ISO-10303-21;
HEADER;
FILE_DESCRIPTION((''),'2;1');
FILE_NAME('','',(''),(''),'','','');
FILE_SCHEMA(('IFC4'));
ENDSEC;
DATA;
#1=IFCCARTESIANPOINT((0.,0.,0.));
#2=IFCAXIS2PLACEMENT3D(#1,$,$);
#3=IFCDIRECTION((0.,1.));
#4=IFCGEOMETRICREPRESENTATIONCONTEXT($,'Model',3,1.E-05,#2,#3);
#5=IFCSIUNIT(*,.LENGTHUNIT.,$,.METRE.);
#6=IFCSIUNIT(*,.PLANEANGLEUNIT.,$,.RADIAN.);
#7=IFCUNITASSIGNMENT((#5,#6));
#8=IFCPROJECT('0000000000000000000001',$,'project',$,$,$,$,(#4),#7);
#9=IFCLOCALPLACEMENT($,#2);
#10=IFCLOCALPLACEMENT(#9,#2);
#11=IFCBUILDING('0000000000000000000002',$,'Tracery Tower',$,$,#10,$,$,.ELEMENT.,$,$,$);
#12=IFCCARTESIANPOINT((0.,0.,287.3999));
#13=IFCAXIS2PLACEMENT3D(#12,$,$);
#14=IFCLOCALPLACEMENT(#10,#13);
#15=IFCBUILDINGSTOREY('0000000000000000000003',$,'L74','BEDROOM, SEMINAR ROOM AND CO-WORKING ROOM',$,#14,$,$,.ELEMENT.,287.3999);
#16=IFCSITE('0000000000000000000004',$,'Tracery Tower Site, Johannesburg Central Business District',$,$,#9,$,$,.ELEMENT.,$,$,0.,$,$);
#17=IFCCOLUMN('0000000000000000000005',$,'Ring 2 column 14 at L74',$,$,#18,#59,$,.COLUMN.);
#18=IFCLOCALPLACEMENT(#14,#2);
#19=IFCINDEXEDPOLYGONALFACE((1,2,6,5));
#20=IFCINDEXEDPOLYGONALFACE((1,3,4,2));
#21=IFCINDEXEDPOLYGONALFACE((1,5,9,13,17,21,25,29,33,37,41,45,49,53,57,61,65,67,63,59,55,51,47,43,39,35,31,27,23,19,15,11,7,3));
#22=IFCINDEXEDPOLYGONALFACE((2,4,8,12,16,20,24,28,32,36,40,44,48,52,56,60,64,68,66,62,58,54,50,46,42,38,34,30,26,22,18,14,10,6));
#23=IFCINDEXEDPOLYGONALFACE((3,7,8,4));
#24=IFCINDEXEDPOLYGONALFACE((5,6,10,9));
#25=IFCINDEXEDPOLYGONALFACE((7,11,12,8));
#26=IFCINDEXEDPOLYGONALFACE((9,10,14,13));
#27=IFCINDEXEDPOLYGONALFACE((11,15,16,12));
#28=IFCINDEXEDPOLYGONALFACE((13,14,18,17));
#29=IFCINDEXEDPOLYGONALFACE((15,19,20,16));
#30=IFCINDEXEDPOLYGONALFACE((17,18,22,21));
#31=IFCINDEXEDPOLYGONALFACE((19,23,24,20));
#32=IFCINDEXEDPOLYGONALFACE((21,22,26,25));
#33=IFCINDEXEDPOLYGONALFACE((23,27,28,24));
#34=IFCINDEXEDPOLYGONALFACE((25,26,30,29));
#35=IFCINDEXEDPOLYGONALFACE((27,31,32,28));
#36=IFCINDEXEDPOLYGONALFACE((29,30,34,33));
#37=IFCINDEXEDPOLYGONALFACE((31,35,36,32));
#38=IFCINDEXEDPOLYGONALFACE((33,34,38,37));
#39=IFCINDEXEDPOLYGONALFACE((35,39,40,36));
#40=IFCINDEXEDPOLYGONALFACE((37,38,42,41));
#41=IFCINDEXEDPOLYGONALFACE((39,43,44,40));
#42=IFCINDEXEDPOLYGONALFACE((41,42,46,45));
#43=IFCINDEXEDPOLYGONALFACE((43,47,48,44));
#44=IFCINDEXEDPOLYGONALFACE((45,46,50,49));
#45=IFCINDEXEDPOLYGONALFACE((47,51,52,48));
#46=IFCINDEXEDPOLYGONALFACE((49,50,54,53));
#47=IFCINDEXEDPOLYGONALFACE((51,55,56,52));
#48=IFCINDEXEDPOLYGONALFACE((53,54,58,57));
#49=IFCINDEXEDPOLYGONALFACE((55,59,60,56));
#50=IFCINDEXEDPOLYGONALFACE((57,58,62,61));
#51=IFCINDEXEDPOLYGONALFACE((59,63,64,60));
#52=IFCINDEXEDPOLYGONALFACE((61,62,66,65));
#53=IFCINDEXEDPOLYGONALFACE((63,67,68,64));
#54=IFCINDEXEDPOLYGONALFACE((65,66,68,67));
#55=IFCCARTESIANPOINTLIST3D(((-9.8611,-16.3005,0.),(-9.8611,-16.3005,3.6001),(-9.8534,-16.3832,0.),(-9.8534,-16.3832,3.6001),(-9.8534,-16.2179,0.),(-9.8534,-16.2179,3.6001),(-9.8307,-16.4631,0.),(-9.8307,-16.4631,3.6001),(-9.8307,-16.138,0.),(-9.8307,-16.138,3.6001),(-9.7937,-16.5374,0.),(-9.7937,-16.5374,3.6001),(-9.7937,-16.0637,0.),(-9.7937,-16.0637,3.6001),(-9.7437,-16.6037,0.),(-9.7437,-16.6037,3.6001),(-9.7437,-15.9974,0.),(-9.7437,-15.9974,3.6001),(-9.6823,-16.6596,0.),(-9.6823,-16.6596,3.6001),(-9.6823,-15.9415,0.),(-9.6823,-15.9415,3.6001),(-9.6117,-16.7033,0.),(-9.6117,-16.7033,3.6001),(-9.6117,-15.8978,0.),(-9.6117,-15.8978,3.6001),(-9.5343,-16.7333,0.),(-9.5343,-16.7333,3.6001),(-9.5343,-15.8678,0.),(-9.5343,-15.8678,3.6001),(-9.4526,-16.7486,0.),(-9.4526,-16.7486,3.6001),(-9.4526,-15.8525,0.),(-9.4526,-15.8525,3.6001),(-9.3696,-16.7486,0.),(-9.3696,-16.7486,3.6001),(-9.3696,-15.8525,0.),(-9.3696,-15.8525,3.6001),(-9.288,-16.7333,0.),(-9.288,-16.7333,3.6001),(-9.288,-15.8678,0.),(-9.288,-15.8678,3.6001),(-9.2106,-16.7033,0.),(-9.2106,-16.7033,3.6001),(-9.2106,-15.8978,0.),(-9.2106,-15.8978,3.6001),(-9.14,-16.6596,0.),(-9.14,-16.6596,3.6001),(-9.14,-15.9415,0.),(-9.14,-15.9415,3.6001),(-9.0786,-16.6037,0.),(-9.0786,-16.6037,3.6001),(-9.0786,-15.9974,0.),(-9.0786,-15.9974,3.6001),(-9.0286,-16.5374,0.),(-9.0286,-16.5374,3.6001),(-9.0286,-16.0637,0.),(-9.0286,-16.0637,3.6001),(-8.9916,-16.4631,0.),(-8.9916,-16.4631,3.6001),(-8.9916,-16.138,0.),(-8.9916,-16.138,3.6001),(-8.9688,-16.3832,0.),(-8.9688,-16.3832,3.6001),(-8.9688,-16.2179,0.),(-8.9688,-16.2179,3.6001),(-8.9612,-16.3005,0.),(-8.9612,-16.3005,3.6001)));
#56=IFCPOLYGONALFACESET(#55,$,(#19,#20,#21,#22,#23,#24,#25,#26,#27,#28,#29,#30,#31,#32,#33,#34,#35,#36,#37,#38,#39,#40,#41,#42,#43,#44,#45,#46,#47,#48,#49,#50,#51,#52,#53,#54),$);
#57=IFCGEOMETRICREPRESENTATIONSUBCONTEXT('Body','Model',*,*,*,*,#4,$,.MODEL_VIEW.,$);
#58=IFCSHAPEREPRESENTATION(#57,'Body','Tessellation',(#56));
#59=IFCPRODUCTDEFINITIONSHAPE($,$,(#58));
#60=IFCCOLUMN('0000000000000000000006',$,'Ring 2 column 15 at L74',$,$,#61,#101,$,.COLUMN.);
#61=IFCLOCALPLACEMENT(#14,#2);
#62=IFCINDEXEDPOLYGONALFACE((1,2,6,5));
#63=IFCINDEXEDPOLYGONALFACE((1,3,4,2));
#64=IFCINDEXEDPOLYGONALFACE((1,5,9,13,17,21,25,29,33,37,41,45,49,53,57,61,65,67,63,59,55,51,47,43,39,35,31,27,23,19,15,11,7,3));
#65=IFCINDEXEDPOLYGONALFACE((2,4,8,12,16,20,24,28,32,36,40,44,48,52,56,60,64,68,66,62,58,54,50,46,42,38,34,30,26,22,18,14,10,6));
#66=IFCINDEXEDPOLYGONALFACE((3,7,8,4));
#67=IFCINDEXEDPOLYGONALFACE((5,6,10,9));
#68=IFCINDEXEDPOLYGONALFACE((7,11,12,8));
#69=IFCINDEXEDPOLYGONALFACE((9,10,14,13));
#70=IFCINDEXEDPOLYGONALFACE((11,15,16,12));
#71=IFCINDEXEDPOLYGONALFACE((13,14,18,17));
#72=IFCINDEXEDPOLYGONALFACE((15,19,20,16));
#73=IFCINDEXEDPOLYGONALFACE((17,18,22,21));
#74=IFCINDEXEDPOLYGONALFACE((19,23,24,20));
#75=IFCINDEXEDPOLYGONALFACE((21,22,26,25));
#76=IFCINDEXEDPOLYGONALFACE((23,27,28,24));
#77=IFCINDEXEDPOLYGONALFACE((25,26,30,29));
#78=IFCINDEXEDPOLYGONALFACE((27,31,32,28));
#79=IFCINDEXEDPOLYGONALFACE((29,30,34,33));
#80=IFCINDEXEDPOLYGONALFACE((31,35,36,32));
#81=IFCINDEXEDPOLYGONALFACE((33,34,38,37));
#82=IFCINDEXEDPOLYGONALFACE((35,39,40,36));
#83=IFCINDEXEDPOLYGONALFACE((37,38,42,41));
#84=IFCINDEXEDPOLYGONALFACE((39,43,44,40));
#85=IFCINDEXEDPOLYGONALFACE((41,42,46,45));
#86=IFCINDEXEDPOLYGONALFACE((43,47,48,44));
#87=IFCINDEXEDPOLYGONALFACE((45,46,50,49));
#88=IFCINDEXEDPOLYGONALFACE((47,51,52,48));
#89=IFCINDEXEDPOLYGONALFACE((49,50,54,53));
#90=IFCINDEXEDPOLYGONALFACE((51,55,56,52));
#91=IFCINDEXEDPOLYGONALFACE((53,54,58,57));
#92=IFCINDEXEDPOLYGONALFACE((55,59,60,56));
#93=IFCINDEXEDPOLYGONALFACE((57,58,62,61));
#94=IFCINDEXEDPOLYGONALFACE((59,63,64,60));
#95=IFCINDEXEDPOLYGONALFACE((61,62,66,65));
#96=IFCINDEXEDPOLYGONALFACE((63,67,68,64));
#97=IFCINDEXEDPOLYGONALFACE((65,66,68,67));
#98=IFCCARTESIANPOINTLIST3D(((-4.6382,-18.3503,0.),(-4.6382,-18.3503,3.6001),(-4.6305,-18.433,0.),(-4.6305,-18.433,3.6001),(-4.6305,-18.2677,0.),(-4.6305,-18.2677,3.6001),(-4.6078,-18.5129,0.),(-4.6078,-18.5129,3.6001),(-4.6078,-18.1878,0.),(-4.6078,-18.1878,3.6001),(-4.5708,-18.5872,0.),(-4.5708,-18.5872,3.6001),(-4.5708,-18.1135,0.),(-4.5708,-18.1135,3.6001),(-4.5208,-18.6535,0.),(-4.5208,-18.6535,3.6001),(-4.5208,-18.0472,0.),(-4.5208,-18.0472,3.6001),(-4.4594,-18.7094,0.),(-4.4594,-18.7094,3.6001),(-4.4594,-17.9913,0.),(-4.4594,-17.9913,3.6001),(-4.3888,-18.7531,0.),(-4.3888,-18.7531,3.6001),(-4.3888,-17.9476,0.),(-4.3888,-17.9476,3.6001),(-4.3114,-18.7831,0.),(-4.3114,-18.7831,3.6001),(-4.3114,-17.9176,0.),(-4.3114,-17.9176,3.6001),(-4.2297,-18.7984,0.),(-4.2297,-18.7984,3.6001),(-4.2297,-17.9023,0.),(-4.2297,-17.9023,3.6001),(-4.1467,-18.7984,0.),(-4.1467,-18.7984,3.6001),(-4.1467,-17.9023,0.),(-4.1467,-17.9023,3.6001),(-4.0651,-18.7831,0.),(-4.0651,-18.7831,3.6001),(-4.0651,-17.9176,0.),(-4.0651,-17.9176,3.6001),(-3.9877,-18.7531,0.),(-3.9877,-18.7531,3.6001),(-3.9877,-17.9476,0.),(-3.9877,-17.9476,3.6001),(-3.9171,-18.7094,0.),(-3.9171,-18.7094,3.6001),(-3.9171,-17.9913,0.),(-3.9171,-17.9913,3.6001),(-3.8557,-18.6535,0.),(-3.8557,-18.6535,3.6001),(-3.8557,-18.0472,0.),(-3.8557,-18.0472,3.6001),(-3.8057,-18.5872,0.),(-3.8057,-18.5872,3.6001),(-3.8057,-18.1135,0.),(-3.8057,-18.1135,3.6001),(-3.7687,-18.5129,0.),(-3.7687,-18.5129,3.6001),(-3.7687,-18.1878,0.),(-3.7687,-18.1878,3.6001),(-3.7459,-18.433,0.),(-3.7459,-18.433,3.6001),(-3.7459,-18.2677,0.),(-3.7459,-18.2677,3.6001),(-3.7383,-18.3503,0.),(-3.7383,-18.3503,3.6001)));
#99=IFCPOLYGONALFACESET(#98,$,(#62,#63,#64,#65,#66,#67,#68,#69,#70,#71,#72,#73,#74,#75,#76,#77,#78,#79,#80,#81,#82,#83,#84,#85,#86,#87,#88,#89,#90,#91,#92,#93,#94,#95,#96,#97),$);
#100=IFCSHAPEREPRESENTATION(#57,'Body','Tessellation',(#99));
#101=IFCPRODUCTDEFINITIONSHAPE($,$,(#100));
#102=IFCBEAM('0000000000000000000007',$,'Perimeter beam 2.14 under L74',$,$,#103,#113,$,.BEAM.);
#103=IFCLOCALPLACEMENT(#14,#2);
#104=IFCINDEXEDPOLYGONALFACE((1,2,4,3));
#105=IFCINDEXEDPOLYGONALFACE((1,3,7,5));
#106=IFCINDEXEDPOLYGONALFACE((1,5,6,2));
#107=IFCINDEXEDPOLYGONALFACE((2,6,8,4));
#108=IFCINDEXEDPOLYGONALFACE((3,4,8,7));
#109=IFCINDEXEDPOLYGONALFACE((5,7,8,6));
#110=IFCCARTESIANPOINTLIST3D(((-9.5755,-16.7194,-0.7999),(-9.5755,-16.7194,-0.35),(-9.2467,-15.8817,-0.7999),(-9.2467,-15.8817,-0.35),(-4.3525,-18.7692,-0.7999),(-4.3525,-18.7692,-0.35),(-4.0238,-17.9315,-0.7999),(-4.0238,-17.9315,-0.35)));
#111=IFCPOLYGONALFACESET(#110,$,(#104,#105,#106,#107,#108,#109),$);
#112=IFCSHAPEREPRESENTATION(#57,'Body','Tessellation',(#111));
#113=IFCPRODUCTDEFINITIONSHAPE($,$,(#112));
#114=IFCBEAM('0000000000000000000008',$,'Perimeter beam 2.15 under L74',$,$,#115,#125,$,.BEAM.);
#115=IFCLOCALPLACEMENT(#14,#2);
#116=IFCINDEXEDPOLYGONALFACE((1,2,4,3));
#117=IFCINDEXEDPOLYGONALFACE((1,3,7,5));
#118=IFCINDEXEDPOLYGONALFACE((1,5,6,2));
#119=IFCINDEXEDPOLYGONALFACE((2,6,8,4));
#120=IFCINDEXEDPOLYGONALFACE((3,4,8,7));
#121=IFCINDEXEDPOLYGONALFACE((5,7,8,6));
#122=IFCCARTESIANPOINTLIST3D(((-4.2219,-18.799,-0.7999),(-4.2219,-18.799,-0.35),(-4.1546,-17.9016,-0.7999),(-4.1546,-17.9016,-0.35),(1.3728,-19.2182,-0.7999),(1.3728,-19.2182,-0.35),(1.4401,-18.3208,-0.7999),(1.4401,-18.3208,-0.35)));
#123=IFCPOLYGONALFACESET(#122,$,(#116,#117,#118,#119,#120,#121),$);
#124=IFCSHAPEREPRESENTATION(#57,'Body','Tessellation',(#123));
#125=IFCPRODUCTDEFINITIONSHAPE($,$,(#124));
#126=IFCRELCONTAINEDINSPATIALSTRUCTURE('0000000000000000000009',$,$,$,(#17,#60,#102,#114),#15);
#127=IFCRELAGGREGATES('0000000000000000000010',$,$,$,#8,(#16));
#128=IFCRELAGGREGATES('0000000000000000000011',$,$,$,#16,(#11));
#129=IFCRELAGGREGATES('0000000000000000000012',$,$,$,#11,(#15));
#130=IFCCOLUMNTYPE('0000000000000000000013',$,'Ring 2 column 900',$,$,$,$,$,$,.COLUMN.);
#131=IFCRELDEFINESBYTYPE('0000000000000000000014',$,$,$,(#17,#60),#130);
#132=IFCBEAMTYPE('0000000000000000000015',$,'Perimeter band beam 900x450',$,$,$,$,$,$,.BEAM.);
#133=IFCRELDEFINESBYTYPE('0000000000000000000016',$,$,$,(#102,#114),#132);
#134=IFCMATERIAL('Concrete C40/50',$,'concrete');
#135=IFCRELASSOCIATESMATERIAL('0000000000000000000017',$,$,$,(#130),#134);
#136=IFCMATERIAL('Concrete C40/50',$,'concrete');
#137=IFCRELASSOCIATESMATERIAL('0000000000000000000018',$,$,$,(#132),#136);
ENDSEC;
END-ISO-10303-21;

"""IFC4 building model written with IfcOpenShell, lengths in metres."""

from ifc_helpers import new_model, si_unit, direction, frame, origin, origin_2d, place, context, subcontext, project, spatial, rectangle, circle, extrude, material, material_profile, profile_set, type_object, element, save


model = new_model("IFC4")

# Units and contexts
model_context = context("Model", 3, precision=1e-05, world=origin(), true_north=direction((0.0, 1.0)))
body_context = subcontext(model_context, "Body", "Model", "MODEL_VIEW")
ifc_project = project(units=[si_unit("LENGTHUNIT", "METRE"), si_unit("PLANEANGLEUNIT", "RADIAN")], contexts=[model_context])

# Site, building, storey
site_placement = place(None, origin())
site = spatial("IfcSite", under=ifc_project, at=site_placement, Name="Tracery Tower Site, Johannesburg Central Business District", CompositionType="ELEMENT", RefElevation=0.0)
building_placement = place(site_placement, origin())
building = spatial("IfcBuilding", under=site, at=building_placement, Name="Tracery Tower", CompositionType="ELEMENT")
storey_placement = place(building_placement, frame((0.0, 0.0, 287.3999)))
storey = spatial("IfcBuildingStorey", under=building, at=storey_placement, Name="L74", Description="BEDROOM, SEMINAR ROOM AND CO-WORKING ROOM", CompositionType="ELEMENT", Elevation=287.3999)

# Columns
ifc_material_1 = material(Name="Concrete C40/50", Category="concrete")
ifc_material_profile_1 = material_profile(ifc_material_1, circle(Radius=0.45, at=origin_2d()), Name="RC D900")
ifc_profile_set_1 = profile_set([ifc_material_profile_1], Name="Concrete C40/50")
column_type = type_object("IfcColumnType", Name="Ring 2 column 900", PredefinedType="COLUMN", material=ifc_profile_set_1)
for number, where, z_axis, x_axis, name in (
    (1, (-9.4111, -16.3005, 0.0), (0.0, 0.0, 1.0), (1.0, 0.0, 0.0), "Ring 2 column 14 at L74"),
    (2, (-4.1882, -18.3503, 0.0), (0.0, 0.0, 1.0), (1.0, 0.0, 0.0), "Ring 2 column 15 at L74"),
):
    element("IfcColumn", number, at=place(storey_placement, frame(where, z_axis=z_axis, x_axis=x_axis)), inside=storey, type_object=column_type, Name=name, PredefinedType="COLUMN", context=body_context, shape_type="SweptSolid", body=[
        extrude(circle(Radius=0.45, at=origin_2d()), origin(), (0.0, 0.0, 1.0), 3.6001),
    ])

# Beams
ifc_material_2 = material(Name="Concrete C40/50", Category="concrete")
ifc_material_profile_2 = material_profile(ifc_material_2, rectangle(XDim=0.8999, YDim=0.45, at=origin_2d()), Name="RC 900x450")
ifc_profile_set_2 = profile_set([ifc_material_profile_2], Name="Concrete C40/50")
beam_type = type_object("IfcBeamType", Name="Perimeter band beam 900x450", PredefinedType="BEAM", material=ifc_profile_set_2)
beam_1_placement = place(storey_placement, frame((-9.4111, -16.3005, -0.575), z_axis=(0.930876, -0.365336, 0.0), x_axis=(0.365336, 0.930876, 0.0)))
element("IfcBeam", 3, at=beam_1_placement, inside=storey, type_object=beam_type, Name="Perimeter beam 2.14 under L74", PredefinedType="BEAM", context=body_context, shape_type="SweptSolid", body=[
    extrude(rectangle(XDim=0.8999, YDim=0.45, at=origin_2d()), origin(), (0.0, 0.0, 1.0), 5.6108),
])
beam_2_placement = place(storey_placement, frame((-4.1882, -18.3503, -0.575), z_axis=(0.997205, -0.074716, 0.0), x_axis=(0.074716, 0.997205, 0.0)))
element("IfcBeam", 4, at=beam_2_placement, inside=storey, type_object=beam_type, Name="Perimeter beam 2.15 under L74", PredefinedType="BEAM", context=body_context, shape_type="SweptSolid", body=[
    extrude(rectangle(XDim=0.8999, YDim=0.45, at=origin_2d()), origin(), (0.0, 0.0, 1.0), 5.6104),
])

save(model, "model.ifc")
